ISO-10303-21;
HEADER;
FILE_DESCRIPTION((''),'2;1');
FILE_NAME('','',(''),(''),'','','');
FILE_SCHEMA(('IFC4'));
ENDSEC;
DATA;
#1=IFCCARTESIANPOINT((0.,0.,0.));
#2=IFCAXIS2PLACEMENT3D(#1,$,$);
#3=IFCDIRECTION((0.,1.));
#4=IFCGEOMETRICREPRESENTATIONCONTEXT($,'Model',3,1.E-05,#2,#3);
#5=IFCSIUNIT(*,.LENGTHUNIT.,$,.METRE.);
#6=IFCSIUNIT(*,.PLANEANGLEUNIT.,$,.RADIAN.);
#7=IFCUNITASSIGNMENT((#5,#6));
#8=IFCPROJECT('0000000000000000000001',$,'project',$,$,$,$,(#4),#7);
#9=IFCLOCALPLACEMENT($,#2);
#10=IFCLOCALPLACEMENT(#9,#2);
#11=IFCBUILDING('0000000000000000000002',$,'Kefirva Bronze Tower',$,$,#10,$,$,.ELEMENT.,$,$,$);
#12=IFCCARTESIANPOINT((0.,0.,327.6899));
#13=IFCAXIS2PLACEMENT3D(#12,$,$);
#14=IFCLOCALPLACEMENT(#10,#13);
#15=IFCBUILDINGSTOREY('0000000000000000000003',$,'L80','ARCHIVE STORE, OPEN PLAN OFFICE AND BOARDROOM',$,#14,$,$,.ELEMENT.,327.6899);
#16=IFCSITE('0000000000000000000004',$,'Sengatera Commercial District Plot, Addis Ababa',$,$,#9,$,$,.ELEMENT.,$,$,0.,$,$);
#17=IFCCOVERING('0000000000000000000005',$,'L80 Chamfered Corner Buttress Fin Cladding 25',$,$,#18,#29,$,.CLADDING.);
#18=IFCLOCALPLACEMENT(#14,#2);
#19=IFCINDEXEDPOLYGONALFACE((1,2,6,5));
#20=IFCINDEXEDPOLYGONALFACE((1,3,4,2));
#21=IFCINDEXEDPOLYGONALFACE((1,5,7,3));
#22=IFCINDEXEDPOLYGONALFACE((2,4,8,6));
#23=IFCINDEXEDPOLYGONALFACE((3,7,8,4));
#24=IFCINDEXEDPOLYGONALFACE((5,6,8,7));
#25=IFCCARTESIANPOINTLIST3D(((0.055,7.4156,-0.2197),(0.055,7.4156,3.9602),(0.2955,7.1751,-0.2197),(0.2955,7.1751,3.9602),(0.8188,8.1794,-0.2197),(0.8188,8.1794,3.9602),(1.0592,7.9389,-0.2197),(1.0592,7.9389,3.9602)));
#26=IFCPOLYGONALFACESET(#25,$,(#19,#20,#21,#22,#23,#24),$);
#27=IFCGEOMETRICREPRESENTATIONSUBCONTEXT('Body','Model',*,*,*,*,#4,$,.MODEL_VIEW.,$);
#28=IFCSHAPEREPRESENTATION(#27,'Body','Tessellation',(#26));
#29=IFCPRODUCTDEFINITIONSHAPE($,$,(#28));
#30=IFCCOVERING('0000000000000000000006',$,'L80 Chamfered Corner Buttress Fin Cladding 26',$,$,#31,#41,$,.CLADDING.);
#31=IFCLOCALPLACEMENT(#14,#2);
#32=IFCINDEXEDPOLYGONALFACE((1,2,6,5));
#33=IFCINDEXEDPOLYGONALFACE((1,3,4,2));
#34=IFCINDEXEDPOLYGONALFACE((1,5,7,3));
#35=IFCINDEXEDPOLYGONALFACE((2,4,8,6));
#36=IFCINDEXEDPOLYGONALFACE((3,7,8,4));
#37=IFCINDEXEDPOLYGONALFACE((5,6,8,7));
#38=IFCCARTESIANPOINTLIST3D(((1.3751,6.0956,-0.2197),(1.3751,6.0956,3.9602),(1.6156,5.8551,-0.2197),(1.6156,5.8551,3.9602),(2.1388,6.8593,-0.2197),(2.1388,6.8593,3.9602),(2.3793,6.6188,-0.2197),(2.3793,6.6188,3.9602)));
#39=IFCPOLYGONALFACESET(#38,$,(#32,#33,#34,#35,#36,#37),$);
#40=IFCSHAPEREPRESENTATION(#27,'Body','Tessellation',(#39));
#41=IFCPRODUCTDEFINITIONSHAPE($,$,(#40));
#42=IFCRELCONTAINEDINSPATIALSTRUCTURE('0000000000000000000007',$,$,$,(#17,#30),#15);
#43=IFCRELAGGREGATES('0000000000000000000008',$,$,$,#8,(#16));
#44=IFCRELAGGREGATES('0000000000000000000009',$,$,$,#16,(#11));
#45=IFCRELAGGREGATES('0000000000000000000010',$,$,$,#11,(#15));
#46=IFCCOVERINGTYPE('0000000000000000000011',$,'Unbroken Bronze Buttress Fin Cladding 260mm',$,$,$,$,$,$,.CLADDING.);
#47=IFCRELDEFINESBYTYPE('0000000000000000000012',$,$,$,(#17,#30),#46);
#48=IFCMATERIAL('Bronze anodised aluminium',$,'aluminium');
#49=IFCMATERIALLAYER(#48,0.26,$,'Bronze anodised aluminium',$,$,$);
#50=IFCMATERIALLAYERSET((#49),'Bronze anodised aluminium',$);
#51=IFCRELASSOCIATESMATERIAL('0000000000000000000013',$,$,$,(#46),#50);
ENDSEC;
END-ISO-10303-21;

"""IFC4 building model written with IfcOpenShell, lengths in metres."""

from ifc_helpers import new_model, si_unit, direction, frame, origin, origin_2d, place, context, subcontext, project, spatial, rectangle, extrude, material, layer, layer_set, type_object, element, save


model = new_model("IFC4")

# Units and contexts
model_context = context("Model", 3, precision=1e-05, world=origin(), true_north=direction((0.0, 1.0)))
body_context = subcontext(model_context, "Body", "Model", "MODEL_VIEW")
ifc_project = project(units=[si_unit("LENGTHUNIT", "METRE"), si_unit("PLANEANGLEUNIT", "RADIAN")], contexts=[model_context])

# Site, building, storey
site_placement = place(None, origin())
site = spatial("IfcSite", under=ifc_project, at=site_placement, Name="Sengatera Commercial District Plot, Addis Ababa", CompositionType="ELEMENT", RefElevation=0.0)
building_placement = place(site_placement, origin())
building = spatial("IfcBuilding", under=site, at=building_placement, Name="Kefirva Bronze Tower", CompositionType="ELEMENT")
storey_placement = place(building_placement, frame((0.0, 0.0, 327.6899)))
storey = spatial("IfcBuildingStorey", under=building, at=storey_placement, Name="L80", Description="ARCHIVE STORE, OPEN PLAN OFFICE AND BOARDROOM", CompositionType="ELEMENT", Elevation=327.6899)

# Shared definitions
ifc_material_1 = material(Name="Bronze anodised aluminium", Category="aluminium")

# Coverings
ifc_layer_1 = layer(ifc_material_1, 0.26, Name="Bronze anodised aluminium")
ifc_layer_set_1 = layer_set([ifc_layer_1], Name="Bronze anodised aluminium")
covering_type_1 = type_object("IfcCoveringType", Name="Unbroken Bronze Buttress Fin Cladding 260mm", PredefinedType="CLADDING", material=ifc_layer_set_1)
for number, where, z_axis, x_axis, name in (
    (1, (0.5571, 7.6772, -0.2197), (0.0, 0.0, 1.0), (0.707107, -0.707107, 0.0), "L80 Chamfered Corner Buttress Fin Cladding 25"),
    (2, (1.8772, 6.3572, -0.2197), (0.0, 0.0, 1.0), (0.707107, -0.707107, 0.0), "L80 Chamfered Corner Buttress Fin Cladding 26"),
):
    element("IfcCovering", number, at=place(storey_placement, frame(where, z_axis=z_axis, x_axis=x_axis)), inside=storey, type_object=covering_type_1, Name=name, PredefinedType="CLADDING", context=body_context, shape_type="SweptSolid", body=[
        extrude(rectangle(XDim=0.3401, YDim=1.0801, at=origin_2d()), origin(), (0.0, 0.0, 1.0), 4.1799),
    ])

save(model, "model.ifc")
